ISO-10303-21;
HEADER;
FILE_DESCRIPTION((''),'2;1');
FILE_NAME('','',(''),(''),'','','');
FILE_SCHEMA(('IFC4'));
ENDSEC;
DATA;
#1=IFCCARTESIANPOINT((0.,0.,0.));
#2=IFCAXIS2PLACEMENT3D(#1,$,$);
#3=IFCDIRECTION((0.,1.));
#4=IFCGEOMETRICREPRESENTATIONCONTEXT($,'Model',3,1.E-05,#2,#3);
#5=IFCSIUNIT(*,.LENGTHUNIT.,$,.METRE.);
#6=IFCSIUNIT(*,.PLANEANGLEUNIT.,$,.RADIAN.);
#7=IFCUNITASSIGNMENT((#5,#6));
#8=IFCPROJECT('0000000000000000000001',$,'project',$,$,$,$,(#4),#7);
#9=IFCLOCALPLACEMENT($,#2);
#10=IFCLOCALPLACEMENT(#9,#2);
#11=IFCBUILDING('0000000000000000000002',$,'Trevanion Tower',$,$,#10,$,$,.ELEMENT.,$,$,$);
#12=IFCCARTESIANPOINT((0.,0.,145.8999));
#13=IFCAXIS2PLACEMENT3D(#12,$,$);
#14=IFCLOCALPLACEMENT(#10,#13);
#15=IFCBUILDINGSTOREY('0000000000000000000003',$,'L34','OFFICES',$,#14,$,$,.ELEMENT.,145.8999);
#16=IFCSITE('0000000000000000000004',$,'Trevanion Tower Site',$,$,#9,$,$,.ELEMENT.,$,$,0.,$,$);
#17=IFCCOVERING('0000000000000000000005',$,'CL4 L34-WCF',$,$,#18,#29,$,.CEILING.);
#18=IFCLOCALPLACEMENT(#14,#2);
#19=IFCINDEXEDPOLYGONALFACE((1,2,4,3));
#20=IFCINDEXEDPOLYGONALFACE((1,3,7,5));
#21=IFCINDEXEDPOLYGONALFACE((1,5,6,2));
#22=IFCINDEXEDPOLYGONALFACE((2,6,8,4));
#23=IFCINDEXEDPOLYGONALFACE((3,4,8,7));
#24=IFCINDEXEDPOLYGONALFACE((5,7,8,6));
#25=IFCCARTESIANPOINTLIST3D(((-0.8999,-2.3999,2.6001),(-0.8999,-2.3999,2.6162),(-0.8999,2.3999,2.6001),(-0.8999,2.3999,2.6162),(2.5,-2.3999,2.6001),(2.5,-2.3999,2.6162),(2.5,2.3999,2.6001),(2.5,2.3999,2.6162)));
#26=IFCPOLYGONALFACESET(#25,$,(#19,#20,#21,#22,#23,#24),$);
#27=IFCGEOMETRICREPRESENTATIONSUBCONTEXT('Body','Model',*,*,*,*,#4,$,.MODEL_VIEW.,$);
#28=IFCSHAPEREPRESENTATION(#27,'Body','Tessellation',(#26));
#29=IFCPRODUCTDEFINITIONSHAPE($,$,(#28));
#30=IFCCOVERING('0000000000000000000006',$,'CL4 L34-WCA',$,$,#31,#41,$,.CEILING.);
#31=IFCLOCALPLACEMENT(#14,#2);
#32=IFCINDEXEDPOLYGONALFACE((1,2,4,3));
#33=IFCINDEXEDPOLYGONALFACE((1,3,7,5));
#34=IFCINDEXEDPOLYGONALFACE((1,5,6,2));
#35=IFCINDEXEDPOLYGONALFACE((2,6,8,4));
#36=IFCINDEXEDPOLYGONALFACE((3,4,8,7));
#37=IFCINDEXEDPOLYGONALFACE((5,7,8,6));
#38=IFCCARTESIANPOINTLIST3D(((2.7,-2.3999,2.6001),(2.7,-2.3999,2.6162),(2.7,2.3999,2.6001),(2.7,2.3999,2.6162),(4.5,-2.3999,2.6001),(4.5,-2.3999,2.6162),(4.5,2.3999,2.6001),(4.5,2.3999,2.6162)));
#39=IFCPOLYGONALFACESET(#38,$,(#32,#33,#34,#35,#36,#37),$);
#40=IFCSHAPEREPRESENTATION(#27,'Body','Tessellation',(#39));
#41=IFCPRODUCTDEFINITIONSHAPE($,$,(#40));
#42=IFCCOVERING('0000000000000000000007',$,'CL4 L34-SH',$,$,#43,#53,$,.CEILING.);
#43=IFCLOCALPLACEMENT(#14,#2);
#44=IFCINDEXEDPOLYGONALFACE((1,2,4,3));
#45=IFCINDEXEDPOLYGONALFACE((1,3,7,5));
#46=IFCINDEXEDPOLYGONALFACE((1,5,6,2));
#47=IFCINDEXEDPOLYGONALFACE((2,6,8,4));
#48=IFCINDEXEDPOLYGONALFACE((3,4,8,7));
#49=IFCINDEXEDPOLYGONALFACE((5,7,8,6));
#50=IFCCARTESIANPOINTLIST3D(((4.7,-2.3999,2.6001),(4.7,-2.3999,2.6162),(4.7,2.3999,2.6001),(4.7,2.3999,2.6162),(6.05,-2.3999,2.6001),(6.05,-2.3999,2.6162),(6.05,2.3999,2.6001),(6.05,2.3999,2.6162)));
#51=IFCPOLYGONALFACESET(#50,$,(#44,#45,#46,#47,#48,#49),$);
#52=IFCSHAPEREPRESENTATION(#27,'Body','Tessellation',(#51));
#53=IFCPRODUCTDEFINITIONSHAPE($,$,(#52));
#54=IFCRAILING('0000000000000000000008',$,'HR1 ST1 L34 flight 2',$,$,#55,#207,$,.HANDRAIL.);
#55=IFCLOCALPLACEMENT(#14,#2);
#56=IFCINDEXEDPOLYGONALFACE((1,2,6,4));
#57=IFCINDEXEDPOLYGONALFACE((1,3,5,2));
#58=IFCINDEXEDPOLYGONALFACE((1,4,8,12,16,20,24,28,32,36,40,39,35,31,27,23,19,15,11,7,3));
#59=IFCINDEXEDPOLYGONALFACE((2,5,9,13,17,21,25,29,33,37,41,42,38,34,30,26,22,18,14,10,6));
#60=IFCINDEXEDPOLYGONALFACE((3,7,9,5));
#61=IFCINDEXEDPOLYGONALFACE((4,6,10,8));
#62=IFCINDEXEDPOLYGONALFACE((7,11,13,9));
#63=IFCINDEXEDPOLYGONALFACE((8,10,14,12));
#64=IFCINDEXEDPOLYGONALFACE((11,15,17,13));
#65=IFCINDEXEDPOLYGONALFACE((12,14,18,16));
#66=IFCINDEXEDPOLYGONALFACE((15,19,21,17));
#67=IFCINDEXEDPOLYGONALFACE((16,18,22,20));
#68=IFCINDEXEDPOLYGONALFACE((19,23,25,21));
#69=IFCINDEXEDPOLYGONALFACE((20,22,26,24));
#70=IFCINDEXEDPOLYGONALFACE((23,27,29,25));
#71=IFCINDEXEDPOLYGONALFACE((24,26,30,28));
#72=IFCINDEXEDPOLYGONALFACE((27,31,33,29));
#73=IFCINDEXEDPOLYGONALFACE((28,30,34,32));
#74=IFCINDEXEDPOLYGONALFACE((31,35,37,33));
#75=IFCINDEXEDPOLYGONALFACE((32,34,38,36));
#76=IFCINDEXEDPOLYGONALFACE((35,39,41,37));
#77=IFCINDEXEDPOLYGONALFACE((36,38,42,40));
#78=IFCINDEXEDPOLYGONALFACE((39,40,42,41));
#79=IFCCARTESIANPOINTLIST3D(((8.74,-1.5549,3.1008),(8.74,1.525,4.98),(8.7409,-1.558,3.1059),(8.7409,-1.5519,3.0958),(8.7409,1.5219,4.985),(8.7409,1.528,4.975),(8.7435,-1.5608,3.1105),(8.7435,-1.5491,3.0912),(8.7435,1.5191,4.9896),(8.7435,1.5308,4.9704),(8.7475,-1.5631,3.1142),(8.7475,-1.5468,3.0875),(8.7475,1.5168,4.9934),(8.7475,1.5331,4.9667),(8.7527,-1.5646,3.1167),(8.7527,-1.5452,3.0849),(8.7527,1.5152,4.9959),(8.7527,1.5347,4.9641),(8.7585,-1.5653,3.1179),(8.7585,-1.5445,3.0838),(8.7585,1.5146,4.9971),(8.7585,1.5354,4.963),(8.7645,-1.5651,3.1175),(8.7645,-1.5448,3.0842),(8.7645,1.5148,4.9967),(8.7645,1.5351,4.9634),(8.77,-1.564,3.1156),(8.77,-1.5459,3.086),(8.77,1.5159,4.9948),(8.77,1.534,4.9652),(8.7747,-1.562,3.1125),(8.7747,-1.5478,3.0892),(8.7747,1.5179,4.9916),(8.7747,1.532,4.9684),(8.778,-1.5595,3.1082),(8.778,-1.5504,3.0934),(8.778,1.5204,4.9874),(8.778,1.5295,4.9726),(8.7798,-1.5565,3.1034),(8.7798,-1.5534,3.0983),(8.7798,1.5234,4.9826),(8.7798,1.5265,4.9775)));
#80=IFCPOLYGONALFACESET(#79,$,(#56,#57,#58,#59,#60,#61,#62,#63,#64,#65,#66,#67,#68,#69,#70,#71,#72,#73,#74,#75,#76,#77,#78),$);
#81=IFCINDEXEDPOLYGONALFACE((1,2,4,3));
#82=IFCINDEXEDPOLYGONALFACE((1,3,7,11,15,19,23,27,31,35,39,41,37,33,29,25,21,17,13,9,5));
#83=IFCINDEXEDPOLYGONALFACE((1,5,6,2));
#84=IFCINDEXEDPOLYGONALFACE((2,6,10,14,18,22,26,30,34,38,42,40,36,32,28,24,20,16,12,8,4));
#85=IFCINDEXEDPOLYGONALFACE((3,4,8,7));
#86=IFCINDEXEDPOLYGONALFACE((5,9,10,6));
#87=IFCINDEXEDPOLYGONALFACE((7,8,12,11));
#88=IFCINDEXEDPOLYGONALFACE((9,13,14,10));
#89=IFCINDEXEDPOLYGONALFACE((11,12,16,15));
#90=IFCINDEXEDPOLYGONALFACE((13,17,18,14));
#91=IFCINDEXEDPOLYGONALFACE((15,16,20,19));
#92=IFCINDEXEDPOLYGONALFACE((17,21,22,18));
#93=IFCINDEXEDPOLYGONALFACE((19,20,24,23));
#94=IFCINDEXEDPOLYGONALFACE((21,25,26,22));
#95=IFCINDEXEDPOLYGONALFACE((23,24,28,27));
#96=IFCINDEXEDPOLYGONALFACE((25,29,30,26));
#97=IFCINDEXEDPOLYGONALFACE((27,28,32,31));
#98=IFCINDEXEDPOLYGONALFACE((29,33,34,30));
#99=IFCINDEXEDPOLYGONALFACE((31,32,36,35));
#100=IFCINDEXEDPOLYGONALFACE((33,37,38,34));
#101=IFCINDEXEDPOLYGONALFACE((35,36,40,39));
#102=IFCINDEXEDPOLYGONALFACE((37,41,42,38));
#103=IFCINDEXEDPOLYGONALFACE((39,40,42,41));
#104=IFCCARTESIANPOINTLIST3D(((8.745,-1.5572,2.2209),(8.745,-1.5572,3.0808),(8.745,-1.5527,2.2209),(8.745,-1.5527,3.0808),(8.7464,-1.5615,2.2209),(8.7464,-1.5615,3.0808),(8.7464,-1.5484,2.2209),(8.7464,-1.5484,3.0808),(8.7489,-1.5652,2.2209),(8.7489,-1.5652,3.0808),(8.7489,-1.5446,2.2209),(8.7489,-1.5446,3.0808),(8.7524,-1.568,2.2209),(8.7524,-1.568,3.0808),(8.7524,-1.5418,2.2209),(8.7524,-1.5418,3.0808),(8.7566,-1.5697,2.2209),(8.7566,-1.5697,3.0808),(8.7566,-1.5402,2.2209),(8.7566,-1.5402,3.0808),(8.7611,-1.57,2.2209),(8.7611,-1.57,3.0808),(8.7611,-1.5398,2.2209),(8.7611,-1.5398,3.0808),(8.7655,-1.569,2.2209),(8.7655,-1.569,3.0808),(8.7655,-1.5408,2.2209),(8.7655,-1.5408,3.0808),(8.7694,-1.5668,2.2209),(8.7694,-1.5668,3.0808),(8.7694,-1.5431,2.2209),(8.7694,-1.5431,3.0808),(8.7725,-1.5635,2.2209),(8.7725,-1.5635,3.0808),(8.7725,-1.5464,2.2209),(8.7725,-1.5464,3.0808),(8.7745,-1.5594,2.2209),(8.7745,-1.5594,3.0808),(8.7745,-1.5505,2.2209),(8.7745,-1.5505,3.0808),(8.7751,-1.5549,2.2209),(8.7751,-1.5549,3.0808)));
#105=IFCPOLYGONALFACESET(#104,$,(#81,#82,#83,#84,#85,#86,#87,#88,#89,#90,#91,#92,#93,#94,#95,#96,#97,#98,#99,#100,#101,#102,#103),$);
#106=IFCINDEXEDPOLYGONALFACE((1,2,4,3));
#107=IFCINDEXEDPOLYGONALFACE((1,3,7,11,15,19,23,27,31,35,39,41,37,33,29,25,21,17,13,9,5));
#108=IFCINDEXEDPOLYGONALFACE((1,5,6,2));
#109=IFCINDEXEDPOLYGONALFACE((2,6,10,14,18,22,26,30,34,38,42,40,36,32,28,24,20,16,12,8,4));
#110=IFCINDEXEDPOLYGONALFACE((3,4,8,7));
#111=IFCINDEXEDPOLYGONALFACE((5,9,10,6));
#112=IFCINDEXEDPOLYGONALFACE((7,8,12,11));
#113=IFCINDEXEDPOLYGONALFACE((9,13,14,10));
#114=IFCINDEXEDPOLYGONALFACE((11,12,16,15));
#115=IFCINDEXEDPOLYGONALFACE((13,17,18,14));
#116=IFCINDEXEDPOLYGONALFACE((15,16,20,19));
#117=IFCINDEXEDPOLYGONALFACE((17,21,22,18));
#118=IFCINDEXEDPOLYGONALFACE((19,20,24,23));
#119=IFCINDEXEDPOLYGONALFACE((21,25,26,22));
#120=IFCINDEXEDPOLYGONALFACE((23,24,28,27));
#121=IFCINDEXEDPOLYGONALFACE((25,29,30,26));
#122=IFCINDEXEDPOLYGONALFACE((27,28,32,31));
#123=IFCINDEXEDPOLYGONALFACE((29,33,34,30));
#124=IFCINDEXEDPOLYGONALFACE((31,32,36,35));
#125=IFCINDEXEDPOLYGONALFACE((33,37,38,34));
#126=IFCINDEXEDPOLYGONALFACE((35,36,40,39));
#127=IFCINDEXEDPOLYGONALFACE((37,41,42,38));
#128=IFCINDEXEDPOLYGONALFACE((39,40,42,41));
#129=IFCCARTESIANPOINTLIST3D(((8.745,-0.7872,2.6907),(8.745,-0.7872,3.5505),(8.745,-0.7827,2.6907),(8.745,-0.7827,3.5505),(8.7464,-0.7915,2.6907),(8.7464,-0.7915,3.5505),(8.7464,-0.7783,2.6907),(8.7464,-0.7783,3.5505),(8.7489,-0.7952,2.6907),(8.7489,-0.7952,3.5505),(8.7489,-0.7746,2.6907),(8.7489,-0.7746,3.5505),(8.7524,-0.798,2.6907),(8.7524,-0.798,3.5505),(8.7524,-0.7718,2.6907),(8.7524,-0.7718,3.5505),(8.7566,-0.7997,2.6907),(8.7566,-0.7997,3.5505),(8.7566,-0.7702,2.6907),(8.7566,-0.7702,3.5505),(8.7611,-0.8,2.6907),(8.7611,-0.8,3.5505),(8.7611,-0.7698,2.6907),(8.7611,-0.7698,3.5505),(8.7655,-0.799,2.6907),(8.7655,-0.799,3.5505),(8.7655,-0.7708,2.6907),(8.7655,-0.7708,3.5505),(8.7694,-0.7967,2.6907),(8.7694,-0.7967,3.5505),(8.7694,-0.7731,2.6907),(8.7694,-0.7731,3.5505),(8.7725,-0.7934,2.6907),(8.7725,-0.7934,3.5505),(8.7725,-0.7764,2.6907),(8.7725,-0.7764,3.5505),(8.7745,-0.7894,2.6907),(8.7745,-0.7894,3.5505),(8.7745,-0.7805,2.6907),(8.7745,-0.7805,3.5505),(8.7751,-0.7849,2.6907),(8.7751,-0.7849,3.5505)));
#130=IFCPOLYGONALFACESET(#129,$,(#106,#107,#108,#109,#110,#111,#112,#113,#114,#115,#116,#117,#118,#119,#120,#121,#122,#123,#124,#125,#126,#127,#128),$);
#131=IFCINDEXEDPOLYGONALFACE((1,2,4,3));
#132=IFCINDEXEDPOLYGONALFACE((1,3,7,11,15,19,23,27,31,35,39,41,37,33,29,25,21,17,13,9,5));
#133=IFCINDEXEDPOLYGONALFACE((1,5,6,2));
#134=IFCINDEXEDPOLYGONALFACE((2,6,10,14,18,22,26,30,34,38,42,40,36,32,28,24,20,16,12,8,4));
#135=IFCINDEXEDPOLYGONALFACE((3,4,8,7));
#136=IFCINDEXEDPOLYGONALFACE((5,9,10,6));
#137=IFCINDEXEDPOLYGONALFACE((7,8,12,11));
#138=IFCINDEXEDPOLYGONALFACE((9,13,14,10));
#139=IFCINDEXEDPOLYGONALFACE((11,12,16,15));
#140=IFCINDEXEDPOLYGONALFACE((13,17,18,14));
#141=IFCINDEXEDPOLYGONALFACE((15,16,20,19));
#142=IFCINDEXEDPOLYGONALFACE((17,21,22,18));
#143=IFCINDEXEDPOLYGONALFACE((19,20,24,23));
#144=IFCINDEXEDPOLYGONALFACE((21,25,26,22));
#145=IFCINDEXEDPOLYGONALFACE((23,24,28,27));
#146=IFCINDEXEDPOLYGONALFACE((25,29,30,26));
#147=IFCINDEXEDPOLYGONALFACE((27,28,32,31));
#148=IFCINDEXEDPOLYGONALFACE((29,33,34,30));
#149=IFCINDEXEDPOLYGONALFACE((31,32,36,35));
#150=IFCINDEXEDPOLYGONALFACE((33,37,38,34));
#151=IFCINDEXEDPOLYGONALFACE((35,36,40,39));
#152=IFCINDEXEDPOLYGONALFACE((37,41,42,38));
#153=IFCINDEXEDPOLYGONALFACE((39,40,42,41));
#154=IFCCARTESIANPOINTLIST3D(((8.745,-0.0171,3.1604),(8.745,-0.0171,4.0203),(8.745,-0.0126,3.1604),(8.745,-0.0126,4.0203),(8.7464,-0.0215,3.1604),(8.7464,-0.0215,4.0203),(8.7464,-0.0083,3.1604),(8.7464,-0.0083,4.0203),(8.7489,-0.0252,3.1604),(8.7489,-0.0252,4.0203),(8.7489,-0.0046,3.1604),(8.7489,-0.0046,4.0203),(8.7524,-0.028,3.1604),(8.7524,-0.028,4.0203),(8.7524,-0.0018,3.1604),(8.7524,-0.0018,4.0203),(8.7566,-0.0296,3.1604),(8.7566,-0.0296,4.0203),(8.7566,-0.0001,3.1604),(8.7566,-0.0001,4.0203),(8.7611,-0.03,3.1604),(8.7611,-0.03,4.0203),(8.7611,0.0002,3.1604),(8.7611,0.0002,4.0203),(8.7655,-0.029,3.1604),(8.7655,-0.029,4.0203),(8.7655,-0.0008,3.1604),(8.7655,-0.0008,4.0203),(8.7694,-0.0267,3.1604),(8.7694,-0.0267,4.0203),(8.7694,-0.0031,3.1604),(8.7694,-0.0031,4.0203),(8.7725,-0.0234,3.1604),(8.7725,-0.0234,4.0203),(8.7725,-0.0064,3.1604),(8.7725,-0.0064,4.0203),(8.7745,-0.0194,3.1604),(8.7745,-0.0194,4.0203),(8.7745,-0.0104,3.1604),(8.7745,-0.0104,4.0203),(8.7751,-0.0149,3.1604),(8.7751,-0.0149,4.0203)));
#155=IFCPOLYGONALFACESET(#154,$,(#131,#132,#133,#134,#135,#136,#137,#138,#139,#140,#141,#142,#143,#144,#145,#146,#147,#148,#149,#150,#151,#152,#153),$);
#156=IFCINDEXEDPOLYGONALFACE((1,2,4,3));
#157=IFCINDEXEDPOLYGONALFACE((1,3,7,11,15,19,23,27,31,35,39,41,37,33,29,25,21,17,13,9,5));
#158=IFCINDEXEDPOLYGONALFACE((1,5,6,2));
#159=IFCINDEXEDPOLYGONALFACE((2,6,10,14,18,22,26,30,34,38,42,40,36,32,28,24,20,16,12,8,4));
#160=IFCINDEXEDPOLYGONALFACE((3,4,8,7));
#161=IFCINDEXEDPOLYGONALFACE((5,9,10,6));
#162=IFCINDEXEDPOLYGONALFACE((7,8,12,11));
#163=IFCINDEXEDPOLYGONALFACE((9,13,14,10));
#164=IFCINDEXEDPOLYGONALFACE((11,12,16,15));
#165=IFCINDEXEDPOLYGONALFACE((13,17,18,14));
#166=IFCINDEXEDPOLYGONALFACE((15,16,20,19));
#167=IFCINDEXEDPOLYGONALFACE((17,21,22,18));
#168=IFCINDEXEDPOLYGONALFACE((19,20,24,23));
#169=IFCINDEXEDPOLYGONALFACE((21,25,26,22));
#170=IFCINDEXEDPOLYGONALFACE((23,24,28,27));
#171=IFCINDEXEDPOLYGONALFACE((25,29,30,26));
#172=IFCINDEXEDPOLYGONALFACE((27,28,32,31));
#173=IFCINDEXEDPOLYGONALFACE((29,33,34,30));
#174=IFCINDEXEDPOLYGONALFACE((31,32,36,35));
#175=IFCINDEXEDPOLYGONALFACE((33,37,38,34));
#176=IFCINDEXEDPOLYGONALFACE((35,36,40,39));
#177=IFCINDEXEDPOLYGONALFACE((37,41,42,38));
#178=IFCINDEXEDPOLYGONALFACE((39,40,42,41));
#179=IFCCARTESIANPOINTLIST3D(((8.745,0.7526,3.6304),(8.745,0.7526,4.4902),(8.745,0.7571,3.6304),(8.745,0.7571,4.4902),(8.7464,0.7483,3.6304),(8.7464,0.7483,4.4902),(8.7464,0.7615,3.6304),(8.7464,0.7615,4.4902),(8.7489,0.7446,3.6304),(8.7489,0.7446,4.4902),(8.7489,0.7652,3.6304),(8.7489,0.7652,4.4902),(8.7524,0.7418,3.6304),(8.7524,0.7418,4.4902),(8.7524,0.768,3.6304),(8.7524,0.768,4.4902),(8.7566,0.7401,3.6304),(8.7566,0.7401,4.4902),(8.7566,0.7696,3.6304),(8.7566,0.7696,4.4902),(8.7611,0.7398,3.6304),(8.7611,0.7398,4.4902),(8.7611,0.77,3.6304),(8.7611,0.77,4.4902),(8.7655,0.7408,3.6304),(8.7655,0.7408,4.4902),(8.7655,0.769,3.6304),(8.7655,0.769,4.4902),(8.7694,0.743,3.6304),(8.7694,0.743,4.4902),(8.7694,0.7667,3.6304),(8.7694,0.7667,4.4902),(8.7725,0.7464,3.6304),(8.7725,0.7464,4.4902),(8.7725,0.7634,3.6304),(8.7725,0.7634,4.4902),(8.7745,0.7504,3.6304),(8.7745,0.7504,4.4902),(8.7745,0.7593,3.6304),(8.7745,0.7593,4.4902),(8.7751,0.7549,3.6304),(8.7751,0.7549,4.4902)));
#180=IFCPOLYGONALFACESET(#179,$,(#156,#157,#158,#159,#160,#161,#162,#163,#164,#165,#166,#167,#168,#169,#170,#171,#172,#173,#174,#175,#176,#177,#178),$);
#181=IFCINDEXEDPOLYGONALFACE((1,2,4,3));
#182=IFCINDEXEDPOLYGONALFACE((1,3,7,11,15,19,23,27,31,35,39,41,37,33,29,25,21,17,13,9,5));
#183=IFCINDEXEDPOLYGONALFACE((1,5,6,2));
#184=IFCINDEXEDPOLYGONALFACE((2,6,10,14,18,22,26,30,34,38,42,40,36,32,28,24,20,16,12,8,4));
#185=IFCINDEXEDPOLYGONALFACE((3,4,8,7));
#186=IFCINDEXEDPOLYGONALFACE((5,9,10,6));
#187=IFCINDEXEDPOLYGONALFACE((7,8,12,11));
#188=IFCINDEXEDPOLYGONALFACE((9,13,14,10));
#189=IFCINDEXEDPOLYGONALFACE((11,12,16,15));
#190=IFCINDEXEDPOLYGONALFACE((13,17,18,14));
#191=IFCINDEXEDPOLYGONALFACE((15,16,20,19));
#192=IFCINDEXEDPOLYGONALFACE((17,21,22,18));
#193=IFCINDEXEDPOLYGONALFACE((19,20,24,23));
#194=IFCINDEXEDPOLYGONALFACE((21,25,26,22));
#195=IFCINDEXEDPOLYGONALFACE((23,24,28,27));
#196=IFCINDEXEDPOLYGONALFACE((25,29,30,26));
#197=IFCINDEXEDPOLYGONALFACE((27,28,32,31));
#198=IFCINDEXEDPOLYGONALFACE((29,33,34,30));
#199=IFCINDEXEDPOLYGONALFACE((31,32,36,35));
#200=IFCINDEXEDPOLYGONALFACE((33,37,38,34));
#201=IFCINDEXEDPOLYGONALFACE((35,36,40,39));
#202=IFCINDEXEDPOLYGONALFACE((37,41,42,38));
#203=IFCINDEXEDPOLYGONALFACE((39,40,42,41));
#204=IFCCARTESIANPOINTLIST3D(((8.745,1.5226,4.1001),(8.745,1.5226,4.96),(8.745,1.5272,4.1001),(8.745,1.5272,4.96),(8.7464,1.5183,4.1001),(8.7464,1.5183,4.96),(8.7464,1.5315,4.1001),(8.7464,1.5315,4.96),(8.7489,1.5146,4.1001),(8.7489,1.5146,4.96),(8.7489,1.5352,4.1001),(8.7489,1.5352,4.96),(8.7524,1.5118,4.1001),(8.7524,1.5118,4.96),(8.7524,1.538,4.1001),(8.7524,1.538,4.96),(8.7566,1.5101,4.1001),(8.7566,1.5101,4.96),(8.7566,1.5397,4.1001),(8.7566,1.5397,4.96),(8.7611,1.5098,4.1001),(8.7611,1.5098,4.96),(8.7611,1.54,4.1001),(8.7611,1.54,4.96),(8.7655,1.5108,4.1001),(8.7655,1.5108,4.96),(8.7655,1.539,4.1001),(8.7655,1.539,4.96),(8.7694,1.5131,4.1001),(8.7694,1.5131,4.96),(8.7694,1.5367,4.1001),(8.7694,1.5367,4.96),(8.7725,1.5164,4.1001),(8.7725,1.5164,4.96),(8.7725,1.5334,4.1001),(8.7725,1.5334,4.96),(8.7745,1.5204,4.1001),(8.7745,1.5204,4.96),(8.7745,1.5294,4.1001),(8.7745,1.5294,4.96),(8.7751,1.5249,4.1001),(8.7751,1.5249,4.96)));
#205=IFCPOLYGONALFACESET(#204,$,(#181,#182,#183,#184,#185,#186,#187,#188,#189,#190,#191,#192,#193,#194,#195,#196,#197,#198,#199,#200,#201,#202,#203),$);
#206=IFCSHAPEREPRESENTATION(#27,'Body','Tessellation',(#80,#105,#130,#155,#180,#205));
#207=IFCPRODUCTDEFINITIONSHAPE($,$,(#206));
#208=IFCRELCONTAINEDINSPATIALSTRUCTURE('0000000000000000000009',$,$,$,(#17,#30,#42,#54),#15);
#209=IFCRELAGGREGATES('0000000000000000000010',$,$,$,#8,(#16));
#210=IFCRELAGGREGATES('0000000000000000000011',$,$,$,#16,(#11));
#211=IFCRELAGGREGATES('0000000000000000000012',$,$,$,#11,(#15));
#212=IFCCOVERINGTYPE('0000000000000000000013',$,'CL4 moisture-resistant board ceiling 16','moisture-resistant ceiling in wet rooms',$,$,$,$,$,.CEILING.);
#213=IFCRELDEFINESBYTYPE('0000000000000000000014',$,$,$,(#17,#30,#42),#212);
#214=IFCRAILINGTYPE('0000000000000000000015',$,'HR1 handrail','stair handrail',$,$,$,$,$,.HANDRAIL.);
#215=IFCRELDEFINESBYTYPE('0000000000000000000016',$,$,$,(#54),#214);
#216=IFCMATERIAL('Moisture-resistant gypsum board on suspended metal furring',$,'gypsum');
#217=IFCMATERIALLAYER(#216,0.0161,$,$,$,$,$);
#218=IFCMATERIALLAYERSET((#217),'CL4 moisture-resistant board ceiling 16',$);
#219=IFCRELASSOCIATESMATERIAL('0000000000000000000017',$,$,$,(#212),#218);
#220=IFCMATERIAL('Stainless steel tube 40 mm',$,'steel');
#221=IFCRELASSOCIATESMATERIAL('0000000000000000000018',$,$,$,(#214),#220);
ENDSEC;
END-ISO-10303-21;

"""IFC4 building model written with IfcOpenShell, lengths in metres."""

from ifc_helpers import new_model, si_unit, direction, frame, origin, origin_2d, place, context, subcontext, project, spatial, polyline, circle, outline, extrude, material, layer, layer_set, type_object, element, save


model = new_model("IFC4")

# Units and contexts
model_context = context("Model", 3, precision=1e-05, world=origin(), true_north=direction((0.0, 1.0)))
body_context = subcontext(model_context, "Body", "Model", "MODEL_VIEW")
ifc_project = project(units=[si_unit("LENGTHUNIT", "METRE"), si_unit("PLANEANGLEUNIT", "RADIAN")], contexts=[model_context])

# Site, building, storey
site_placement = place(None, origin())
site = spatial("IfcSite", under=ifc_project, at=site_placement, Name="Trevanion Tower Site", CompositionType="ELEMENT", RefElevation=0.0)
building_placement = place(site_placement, origin())
building = spatial("IfcBuilding", under=site, at=building_placement, Name="Trevanion Tower", CompositionType="ELEMENT")
storey_placement = place(building_placement, frame((0.0, 0.0, 145.8999)))
storey = spatial("IfcBuildingStorey", under=building, at=storey_placement, Name="L34", Description="OFFICES", CompositionType="ELEMENT", Elevation=145.8999)

# Coverings
ifc_material_1 = material(Name="Moisture-resistant gypsum board on suspended metal furring", Category="gypsum")
ifc_layer_1 = layer(ifc_material_1, 0.0161)
ifc_layer_set_1 = layer_set([ifc_layer_1], Name="CL4 moisture-resistant board ceiling 16")
covering_type_1 = type_object("IfcCoveringType", Name="CL4 moisture-resistant board ceiling 16", Description="moisture-resistant ceiling in wet rooms", PredefinedType="CEILING", material=ifc_layer_set_1)
covering_1_placement = place(storey_placement, frame((0.0, 0.0, 2.6001)))
element("IfcCovering", 1, at=covering_1_placement, inside=storey, type_object=covering_type_1, Name="CL4 L34-WCF", PredefinedType="CEILING", context=body_context, shape_type="SweptSolid", body=[
    extrude(outline(polyline([(2.5, -2.3999), (2.5, 2.3999), (-0.8999, 2.3999), (-0.8999, -2.3999), (2.5, -2.3999)])), origin(), (0.0, 0.0, 1.0), 0.0161),
])
covering_2_placement = place(storey_placement, frame((0.0, 0.0, 2.6001)))
element("IfcCovering", 2, at=covering_2_placement, inside=storey, type_object=covering_type_1, Name="CL4 L34-WCA", PredefinedType="CEILING", context=body_context, shape_type="SweptSolid", body=[
    extrude(outline(polyline([(4.5, -2.3999), (4.5, 2.3999), (2.7, 2.3999), (2.7, -2.3999), (4.5, -2.3999)])), origin(), (0.0, 0.0, 1.0), 0.0161),
])
covering_3_placement = place(storey_placement, frame((0.0, 0.0, 2.6001)))
element("IfcCovering", 3, at=covering_3_placement, inside=storey, type_object=covering_type_1, Name="CL4 L34-SH", PredefinedType="CEILING", context=body_context, shape_type="SweptSolid", body=[
    extrude(outline(polyline([(6.05, -2.3999), (6.05, 2.3999), (4.7, 2.3999), (4.7, -2.3999), (6.05, -2.3999)])), origin(), (0.0, 0.0, 1.0), 0.0161),
])

# Railing
ifc_material_2 = material(Name="Stainless steel tube 40 mm", Category="steel")
railing_type = type_object("IfcRailingType", Name="HR1 handrail", Description="stair handrail", PredefinedType="HANDRAIL", material=ifc_material_2)
for number, where, name in (
    (4, (8.76, -1.5549, 2.2209), "HR1 ST1 L34 flight 2"),
):
    element("IfcRailing", number, at=place(storey_placement, frame(where)), inside=storey, type_object=railing_type, Name=name, PredefinedType="HANDRAIL", context=body_context, shape_type="SweptSolid", body=[
        extrude(circle(Radius=0.02, at=origin_2d()), frame((0.0, 0.0, 0.8799), z_axis=(0.0, 0.853648, 0.52085), x_axis=(-1.0, 0.0, 0.0)), (0.0, 0.0, 1.0), 3.6079),
        extrude(circle(Radius=0.0151, at=origin_2d()), origin(), (0.0, 0.0, 1.0), 0.8599),
        extrude(circle(Radius=0.0151, at=origin_2d()), frame((0.0, 0.77, 0.4697)), (0.0, 0.0, 1.0), 0.8599),
        extrude(circle(Radius=0.0151, at=origin_2d()), frame((0.0, 1.54, 0.9395)), (0.0, 0.0, 1.0), 0.8599),
        extrude(circle(Radius=0.0151, at=origin_2d()), frame((0.0, 2.3098, 1.4094)), (0.0, 0.0, 1.0), 0.8599),
        extrude(circle(Radius=0.0151, at=origin_2d()), frame((0.0, 3.0798, 1.8792)), (0.0, 0.0, 1.0), 0.8599),
    ])

save(model, "model.ifc")
